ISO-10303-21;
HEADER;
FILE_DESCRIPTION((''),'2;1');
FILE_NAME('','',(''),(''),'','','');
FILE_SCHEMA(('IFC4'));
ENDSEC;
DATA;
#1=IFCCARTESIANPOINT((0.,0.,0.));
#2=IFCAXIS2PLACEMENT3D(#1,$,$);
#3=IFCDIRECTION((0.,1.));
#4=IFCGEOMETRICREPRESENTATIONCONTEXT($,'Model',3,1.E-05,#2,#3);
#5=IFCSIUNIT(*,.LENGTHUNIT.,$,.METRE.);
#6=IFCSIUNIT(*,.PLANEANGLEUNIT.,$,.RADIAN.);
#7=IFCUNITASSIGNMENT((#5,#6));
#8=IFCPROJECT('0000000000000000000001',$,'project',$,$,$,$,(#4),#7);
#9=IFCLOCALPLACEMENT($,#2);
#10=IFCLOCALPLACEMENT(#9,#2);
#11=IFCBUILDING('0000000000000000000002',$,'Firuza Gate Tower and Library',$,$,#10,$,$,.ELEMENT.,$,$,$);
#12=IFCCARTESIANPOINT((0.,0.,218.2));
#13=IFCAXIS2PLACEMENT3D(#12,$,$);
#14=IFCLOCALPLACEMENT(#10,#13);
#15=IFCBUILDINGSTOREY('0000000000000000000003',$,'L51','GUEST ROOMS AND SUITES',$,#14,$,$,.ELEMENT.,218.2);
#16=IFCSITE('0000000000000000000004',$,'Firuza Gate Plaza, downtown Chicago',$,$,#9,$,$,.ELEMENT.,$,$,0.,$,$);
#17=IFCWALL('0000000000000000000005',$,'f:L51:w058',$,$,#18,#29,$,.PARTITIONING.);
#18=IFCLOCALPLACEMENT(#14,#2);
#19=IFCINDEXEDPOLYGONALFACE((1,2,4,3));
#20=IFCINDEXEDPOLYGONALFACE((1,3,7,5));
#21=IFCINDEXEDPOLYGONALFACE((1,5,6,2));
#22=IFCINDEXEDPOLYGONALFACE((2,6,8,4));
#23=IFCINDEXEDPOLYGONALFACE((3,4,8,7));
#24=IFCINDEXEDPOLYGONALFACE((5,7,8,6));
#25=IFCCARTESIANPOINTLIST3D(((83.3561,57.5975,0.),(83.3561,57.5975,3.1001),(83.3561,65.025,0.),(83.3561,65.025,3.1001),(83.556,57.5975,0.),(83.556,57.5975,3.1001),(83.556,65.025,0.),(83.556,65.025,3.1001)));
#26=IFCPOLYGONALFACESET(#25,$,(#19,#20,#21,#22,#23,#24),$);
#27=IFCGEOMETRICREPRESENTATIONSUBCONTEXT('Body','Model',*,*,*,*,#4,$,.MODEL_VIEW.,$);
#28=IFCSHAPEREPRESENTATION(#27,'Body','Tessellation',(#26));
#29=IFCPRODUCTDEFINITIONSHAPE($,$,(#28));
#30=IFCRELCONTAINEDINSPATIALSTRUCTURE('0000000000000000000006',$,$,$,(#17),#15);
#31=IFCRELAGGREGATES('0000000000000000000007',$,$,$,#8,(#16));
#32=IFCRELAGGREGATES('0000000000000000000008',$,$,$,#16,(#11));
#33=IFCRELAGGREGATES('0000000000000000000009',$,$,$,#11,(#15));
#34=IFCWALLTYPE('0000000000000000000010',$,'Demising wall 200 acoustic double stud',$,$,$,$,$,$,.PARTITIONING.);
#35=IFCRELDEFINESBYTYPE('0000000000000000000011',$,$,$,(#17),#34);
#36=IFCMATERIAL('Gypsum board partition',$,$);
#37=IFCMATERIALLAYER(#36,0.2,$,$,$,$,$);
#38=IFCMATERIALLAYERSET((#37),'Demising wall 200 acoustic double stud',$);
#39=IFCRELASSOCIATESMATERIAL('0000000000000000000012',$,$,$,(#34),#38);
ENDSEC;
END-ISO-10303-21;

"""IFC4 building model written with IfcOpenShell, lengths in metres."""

from ifc_helpers import new_model, si_unit, direction, frame, frame_2d, origin, place, context, subcontext, project, spatial, rectangle, extrude, material, layer, layer_set, type_object, element, save


model = new_model("IFC4")

# Units and contexts
model_context = context("Model", 3, precision=1e-05, world=origin(), true_north=direction((0.0, 1.0)))
body_context = subcontext(model_context, "Body", "Model", "MODEL_VIEW")
ifc_project = project(units=[si_unit("LENGTHUNIT", "METRE"), si_unit("PLANEANGLEUNIT", "RADIAN")], contexts=[model_context])

# Site, building, storey
site_placement = place(None, origin())
site = spatial("IfcSite", under=ifc_project, at=site_placement, Name="Firuza Gate Plaza, downtown Chicago", CompositionType="ELEMENT", RefElevation=0.0)
building_placement = place(site_placement, origin())
building = spatial("IfcBuilding", under=site, at=building_placement, Name="Firuza Gate Tower and Library", CompositionType="ELEMENT")
storey_placement = place(building_placement, frame((0.0, 0.0, 218.2)))
storey = spatial("IfcBuildingStorey", under=building, at=storey_placement, Name="L51", Description="GUEST ROOMS AND SUITES", CompositionType="ELEMENT", Elevation=218.2)

# Wall
ifc_material_1 = material(Name="Gypsum board partition")
ifc_layer = layer(ifc_material_1, 0.2)
ifc_layer_set = layer_set([ifc_layer], Name="Demising wall 200 acoustic double stud")
wall_type = type_object("IfcWallType", Name="Demising wall 200 acoustic double stud", PredefinedType="PARTITIONING", material=ifc_layer_set)
wall_1_placement = place(storey_placement, frame((83.4561, 57.5974, 0.0), z_axis=(0.0, 0.0, 1.0), x_axis=(0.0, 1.0, 0.0)))
element("IfcWall", 1, at=wall_1_placement, inside=storey, type_object=wall_type, Name="f:L51:w058", PredefinedType="PARTITIONING", context=body_context, shape_type="SweptSolid", body=[
    extrude(rectangle(XDim=7.4275, YDim=0.2, at=frame_2d((3.7139, 0.0))), origin(), (0.0, 0.0, 1.0), 3.1001),
])

save(model, "model.ifc")
